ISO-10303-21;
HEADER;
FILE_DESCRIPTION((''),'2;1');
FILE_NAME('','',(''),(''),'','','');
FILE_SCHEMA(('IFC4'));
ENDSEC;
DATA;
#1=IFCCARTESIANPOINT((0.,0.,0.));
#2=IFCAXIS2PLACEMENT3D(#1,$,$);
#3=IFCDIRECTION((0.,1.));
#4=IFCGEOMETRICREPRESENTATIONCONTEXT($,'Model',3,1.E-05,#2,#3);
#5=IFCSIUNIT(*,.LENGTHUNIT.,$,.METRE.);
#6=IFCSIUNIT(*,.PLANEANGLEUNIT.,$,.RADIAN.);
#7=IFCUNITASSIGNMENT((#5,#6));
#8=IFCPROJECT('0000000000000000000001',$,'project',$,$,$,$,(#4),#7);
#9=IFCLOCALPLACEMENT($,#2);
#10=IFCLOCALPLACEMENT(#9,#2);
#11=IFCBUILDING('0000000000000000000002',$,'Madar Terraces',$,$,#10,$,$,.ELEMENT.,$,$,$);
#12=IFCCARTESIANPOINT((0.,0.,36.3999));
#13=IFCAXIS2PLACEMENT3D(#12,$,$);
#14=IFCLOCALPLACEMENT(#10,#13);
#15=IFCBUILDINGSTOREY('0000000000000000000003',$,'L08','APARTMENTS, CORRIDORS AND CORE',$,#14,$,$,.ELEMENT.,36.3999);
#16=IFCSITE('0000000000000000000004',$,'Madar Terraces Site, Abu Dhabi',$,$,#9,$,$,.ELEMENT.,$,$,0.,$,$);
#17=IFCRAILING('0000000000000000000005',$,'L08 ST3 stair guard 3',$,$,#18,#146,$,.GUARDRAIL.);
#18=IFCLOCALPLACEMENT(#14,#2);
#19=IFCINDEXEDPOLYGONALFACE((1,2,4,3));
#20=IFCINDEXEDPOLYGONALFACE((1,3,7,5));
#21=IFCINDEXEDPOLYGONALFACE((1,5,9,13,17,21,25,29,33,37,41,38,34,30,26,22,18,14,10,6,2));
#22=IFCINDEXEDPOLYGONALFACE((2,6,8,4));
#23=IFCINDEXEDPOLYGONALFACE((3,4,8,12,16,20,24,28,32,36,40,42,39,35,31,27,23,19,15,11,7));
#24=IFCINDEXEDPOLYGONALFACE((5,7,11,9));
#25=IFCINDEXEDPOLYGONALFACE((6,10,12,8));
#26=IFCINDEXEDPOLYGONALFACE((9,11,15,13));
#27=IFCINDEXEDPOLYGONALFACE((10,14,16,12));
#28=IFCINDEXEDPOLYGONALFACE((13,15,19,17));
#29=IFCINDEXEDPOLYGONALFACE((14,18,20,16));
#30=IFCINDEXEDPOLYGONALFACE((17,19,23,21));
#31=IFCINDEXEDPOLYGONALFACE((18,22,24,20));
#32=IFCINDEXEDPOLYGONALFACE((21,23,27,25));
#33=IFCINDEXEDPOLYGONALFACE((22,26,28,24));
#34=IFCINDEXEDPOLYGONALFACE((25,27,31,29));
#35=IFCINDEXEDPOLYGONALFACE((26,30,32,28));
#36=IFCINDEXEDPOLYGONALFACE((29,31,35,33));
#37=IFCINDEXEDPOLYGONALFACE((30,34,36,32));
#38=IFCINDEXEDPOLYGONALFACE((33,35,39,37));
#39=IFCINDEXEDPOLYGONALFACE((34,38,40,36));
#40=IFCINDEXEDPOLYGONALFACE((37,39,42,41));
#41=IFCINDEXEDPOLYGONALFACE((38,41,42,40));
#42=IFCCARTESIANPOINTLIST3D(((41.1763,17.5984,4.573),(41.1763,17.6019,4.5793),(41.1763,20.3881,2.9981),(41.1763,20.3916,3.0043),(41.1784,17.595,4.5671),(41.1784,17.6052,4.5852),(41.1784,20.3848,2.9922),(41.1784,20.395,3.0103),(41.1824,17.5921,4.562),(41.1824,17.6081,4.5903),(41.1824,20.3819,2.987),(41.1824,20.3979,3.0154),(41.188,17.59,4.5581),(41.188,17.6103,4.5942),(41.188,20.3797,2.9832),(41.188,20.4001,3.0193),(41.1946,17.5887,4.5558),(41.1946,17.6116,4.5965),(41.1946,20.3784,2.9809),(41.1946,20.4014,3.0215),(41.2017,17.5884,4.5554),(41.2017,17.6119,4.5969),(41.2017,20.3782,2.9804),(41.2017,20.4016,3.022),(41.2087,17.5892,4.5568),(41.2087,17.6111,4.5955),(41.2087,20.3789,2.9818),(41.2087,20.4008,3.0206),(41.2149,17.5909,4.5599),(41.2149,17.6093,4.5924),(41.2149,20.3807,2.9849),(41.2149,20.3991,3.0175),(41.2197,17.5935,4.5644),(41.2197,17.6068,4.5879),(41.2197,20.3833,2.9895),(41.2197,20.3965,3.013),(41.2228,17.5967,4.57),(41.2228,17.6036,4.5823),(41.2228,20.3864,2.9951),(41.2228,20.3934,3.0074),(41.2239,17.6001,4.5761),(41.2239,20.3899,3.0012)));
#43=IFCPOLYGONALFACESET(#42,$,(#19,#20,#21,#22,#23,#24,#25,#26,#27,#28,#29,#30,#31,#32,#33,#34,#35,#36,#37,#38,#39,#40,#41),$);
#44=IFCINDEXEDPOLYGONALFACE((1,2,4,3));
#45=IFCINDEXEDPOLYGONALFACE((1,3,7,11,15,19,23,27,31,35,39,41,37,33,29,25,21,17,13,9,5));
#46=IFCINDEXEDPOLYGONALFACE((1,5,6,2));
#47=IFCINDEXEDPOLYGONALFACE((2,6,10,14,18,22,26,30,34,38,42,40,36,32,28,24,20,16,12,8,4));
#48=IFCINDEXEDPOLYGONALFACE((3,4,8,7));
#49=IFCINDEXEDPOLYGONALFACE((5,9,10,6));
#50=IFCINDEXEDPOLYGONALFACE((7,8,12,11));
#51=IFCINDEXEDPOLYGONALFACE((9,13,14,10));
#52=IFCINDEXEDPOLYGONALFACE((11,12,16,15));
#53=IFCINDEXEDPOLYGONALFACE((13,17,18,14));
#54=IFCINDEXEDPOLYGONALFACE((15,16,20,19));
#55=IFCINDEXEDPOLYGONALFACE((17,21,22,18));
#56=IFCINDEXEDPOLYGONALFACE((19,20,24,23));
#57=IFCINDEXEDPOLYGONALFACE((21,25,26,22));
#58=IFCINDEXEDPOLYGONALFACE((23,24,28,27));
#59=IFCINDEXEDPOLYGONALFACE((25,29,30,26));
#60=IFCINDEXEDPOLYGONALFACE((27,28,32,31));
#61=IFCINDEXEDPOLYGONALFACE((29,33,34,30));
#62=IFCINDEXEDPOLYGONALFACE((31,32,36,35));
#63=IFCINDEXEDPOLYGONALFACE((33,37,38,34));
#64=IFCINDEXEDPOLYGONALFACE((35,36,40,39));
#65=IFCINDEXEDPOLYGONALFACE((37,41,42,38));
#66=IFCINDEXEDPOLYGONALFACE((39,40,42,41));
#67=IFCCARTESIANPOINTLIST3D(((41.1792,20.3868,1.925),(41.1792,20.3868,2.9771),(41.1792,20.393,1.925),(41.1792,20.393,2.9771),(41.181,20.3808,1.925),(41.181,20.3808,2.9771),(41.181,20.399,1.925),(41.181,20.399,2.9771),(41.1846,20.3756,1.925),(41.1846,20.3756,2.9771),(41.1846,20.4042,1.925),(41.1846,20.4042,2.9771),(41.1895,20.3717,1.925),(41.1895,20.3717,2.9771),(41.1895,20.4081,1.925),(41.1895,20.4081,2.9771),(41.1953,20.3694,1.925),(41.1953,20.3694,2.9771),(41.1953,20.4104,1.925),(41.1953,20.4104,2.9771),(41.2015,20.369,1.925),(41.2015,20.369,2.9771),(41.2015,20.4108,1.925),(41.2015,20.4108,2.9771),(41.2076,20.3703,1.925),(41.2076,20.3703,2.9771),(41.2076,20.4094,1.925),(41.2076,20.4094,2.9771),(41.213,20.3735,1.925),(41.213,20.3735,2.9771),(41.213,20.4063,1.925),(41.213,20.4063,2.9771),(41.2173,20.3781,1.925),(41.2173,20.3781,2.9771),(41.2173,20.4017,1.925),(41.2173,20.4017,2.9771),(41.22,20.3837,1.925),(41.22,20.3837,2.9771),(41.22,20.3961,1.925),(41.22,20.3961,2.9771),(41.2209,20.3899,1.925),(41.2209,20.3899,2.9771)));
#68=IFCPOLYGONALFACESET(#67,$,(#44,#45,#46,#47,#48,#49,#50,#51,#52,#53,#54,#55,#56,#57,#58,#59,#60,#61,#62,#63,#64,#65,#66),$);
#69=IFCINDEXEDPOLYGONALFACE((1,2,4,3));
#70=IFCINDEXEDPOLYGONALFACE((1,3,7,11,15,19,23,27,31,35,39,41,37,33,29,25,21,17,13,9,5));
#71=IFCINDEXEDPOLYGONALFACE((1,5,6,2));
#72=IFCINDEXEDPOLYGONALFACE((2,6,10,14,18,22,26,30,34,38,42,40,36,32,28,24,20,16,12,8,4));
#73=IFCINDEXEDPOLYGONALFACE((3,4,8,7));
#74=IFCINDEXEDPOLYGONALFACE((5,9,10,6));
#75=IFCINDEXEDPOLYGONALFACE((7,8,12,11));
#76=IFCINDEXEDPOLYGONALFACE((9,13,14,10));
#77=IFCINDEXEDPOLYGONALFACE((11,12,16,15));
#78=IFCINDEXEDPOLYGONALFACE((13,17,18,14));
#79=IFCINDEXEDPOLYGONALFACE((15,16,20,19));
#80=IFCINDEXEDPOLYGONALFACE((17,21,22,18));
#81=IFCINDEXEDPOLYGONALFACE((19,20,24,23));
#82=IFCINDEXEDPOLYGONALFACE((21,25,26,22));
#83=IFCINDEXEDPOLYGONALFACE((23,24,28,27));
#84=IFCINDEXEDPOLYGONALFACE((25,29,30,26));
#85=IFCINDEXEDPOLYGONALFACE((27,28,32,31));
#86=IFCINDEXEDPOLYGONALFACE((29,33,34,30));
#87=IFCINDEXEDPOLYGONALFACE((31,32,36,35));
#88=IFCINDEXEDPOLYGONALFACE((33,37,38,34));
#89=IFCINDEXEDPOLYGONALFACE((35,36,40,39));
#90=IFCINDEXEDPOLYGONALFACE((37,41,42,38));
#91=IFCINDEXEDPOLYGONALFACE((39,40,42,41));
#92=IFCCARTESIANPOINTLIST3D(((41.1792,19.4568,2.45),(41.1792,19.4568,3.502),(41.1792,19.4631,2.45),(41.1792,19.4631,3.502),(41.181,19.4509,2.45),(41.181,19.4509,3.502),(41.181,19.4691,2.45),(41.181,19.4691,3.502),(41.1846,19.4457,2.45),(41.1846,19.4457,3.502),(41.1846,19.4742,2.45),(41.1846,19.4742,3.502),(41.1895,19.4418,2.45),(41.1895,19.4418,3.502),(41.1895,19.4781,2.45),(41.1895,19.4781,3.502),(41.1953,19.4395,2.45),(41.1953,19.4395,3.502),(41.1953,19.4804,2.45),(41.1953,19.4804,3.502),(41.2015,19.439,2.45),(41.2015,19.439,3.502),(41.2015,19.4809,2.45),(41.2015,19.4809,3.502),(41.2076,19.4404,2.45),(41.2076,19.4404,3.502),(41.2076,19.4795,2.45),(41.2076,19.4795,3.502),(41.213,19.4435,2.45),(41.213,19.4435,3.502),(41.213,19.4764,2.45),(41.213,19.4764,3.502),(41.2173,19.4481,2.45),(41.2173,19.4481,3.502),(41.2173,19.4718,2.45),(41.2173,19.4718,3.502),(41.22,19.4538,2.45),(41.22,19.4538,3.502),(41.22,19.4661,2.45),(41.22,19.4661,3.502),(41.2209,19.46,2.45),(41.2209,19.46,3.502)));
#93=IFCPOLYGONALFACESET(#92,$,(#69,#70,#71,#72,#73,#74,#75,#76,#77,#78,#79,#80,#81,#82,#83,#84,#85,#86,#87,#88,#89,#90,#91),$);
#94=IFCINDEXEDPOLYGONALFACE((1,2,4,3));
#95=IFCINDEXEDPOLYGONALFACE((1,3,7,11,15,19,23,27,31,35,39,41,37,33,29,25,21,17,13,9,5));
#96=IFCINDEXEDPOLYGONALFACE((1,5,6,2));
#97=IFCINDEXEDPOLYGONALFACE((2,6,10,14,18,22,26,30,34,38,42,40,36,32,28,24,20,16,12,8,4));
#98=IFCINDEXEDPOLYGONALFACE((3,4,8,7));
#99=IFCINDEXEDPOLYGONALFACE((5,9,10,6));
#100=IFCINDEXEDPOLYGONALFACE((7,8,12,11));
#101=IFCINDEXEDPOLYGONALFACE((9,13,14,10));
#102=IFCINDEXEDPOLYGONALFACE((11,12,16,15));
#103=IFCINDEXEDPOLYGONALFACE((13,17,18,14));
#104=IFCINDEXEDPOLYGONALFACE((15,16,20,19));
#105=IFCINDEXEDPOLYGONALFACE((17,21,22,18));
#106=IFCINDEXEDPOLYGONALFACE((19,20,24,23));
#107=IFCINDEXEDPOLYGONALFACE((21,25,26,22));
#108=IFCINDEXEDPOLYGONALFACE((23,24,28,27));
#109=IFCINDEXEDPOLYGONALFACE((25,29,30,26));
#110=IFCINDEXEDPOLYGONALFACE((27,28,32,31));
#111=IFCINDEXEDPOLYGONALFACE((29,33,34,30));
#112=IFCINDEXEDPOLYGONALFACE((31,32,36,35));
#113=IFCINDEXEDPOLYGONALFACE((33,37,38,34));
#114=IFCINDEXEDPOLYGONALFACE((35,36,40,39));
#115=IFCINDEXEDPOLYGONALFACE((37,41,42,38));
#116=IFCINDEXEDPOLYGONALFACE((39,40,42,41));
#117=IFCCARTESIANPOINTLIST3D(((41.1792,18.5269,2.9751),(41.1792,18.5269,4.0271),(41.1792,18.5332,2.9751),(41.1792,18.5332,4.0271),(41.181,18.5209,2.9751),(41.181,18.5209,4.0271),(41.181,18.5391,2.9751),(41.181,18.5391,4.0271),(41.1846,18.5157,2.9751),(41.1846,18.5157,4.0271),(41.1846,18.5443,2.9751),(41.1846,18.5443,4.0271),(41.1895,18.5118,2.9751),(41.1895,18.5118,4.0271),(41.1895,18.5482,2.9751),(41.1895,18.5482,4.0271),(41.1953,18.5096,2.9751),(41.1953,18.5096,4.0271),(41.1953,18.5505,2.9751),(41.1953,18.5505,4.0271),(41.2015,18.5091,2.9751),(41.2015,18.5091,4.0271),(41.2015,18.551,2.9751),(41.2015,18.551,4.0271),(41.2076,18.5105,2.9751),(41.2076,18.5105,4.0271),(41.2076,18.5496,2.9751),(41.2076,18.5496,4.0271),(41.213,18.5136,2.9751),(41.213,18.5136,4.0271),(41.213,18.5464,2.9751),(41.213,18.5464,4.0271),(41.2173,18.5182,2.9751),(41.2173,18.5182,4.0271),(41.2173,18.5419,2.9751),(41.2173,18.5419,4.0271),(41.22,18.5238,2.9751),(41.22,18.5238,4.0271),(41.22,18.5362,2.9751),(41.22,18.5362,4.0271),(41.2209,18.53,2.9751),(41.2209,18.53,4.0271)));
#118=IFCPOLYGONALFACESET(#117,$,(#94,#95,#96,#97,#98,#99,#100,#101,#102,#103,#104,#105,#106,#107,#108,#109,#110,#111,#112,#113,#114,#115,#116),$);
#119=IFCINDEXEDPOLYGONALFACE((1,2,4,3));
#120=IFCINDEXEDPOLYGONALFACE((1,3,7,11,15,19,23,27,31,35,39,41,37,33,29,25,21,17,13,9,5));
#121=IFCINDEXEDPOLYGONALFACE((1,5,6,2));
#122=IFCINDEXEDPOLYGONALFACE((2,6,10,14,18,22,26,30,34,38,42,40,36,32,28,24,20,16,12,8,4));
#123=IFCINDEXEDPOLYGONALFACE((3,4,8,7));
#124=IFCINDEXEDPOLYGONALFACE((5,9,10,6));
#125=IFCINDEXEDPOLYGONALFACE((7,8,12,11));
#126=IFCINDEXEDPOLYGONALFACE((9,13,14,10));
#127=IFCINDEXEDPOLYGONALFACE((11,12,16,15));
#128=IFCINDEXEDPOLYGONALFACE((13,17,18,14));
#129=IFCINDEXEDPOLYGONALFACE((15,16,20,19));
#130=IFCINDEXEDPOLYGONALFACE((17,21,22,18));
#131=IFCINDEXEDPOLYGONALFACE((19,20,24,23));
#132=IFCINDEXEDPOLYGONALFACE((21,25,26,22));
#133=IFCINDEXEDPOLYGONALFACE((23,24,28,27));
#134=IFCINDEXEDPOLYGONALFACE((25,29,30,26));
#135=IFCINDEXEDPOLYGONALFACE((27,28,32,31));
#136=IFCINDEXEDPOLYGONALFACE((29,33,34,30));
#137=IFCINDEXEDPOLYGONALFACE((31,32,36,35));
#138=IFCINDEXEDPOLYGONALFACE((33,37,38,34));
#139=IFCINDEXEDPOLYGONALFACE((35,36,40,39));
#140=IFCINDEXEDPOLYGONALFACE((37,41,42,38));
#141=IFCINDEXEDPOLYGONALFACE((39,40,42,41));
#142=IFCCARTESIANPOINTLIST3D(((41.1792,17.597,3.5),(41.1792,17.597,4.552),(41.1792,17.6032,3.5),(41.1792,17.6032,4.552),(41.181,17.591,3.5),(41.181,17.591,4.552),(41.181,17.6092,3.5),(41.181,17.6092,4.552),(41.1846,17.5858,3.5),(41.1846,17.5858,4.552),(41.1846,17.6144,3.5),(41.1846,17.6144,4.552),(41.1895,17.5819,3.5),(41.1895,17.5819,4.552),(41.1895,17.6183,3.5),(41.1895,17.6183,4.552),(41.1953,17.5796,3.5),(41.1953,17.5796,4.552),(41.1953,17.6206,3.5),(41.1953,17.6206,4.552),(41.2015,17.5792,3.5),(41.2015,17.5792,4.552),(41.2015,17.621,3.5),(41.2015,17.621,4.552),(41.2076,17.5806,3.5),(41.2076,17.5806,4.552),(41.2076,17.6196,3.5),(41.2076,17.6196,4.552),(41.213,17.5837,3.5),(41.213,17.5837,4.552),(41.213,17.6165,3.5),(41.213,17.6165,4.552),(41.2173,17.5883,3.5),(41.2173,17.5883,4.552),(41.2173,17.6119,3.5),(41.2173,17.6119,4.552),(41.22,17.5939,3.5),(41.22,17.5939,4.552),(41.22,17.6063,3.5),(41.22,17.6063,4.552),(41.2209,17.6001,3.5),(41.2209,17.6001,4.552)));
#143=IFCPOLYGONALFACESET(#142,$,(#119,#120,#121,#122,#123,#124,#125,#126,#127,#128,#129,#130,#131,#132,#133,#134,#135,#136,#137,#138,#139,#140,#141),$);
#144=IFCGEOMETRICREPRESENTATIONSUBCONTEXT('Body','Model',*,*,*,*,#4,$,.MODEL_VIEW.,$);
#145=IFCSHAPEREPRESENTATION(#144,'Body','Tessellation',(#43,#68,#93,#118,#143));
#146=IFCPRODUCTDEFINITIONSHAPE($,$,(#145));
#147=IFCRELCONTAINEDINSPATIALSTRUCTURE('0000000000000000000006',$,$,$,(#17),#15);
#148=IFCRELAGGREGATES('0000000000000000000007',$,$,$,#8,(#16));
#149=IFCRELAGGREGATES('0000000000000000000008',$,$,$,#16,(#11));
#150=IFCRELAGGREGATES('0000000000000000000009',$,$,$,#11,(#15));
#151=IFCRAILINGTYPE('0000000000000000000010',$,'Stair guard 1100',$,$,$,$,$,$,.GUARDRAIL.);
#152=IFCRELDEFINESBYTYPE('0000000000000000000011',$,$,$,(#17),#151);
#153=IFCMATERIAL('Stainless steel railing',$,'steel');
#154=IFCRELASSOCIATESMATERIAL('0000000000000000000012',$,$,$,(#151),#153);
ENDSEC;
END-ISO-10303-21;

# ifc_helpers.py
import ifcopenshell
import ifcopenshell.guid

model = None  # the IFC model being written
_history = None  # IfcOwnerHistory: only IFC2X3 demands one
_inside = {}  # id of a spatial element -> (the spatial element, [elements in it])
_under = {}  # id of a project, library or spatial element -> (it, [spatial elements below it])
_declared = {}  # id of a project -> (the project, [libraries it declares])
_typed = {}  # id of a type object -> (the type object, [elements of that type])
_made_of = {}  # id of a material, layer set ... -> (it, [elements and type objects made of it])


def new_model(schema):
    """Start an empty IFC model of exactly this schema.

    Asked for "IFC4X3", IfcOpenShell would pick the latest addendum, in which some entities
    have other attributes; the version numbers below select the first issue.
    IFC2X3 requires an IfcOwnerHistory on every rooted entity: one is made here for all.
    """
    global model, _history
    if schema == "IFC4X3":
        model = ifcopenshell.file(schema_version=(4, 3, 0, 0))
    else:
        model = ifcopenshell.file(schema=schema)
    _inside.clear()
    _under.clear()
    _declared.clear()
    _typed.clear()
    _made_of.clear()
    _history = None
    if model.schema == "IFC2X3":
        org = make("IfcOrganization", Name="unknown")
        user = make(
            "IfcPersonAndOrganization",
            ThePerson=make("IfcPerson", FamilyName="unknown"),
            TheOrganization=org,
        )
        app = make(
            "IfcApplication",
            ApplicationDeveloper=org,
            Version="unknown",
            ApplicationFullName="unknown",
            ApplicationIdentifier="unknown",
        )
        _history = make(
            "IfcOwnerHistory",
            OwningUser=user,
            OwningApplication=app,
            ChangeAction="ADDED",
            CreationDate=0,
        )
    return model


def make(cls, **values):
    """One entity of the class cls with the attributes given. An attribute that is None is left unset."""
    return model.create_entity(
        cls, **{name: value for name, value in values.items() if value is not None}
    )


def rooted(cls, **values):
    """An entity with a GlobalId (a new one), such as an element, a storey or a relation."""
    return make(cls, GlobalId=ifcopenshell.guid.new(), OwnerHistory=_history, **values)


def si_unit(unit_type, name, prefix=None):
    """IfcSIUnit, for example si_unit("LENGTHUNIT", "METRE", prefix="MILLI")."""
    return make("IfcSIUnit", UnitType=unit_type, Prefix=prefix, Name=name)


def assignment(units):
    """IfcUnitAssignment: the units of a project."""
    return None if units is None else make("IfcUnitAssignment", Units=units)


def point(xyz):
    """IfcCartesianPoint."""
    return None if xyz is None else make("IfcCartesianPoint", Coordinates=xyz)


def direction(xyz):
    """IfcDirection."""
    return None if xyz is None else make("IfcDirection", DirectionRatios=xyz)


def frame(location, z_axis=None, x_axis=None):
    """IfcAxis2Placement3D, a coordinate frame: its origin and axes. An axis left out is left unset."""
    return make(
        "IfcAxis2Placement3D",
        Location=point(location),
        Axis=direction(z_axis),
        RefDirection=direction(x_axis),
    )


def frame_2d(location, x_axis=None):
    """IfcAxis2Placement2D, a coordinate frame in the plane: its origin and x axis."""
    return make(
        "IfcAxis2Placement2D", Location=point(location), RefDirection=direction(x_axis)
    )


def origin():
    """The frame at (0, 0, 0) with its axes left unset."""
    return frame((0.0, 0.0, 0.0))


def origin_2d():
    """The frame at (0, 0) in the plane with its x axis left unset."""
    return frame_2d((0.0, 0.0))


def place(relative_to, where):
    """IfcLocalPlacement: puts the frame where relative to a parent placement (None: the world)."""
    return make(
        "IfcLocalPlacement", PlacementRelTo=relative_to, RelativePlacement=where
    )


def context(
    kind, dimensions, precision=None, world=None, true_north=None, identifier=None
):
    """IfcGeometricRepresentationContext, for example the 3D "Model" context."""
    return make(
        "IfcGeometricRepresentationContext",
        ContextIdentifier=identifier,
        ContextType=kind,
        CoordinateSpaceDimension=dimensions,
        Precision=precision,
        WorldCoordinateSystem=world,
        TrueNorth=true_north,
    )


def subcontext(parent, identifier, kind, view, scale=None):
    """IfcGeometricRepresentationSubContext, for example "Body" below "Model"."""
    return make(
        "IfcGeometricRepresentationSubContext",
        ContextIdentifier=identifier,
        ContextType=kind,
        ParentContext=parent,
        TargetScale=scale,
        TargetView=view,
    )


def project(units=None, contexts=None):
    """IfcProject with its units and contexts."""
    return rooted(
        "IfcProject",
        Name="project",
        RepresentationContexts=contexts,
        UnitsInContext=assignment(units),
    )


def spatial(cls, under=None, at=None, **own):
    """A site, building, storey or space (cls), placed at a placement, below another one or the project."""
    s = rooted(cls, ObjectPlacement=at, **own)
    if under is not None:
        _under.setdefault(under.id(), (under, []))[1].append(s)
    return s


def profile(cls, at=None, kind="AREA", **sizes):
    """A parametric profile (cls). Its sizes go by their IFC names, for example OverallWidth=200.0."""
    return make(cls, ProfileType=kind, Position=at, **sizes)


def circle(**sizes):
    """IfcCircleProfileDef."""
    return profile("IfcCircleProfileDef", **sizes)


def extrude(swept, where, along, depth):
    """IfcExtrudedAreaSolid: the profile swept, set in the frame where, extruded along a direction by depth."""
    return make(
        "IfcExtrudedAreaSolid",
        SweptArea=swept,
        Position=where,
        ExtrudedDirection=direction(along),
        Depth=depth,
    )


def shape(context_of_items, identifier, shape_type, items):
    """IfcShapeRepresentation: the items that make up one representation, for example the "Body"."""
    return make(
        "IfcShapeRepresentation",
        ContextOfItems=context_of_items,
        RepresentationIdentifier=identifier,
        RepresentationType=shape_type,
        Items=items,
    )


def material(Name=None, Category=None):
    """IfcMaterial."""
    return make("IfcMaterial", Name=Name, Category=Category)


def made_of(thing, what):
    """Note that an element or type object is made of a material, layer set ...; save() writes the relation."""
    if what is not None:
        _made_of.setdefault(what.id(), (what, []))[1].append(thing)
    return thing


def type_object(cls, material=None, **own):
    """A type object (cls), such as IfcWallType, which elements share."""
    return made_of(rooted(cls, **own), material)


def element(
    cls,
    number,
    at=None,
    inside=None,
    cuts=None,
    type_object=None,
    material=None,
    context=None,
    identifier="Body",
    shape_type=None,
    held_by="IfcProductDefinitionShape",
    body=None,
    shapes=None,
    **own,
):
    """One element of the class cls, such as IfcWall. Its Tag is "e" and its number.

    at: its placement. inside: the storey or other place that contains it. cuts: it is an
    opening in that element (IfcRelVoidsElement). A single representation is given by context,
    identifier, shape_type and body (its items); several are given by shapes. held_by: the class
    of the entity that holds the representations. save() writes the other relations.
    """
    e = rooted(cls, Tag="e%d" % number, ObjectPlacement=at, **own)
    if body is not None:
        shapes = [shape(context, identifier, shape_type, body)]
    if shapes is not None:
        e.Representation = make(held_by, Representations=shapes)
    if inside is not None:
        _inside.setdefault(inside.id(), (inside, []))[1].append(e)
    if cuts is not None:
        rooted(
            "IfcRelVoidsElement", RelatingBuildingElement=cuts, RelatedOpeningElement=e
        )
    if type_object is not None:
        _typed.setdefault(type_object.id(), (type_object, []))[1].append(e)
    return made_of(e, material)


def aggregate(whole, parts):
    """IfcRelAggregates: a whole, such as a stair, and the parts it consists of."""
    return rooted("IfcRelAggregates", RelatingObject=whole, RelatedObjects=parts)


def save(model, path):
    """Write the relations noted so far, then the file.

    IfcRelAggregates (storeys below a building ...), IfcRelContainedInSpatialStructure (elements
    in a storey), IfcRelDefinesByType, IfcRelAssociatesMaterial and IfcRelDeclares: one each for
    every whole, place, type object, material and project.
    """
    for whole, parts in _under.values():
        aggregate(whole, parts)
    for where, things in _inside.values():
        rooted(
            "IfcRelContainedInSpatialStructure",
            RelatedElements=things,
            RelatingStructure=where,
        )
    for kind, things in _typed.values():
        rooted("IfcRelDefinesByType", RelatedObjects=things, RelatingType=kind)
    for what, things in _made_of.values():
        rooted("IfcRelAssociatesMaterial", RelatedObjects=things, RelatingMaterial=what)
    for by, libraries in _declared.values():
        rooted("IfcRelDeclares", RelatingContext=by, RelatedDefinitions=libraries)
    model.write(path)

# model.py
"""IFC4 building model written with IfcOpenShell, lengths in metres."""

from ifc_helpers import new_model, si_unit, direction, frame, origin, origin_2d, place, context, subcontext, project, spatial, circle, extrude, material, type_object, element, save


model = new_model("IFC4")

# Units and contexts
model_context = context("Model", 3, precision=1e-05, world=origin(), true_north=direction((0.0, 1.0)))
body_context = subcontext(model_context, "Body", "Model", "MODEL_VIEW")
ifc_project = project(units=[si_unit("LENGTHUNIT", "METRE"), si_unit("PLANEANGLEUNIT", "RADIAN")], contexts=[model_context])

# Site, building, storey
site_placement = place(None, origin())
site = spatial("IfcSite", under=ifc_project, at=site_placement, Name="Madar Terraces Site, Abu Dhabi", CompositionType="ELEMENT", RefElevation=0.0)
building_placement = place(site_placement, origin())
building = spatial("IfcBuilding", under=site, at=building_placement, Name="Madar Terraces", CompositionType="ELEMENT")
storey_placement = place(building_placement, frame((0.0, 0.0, 36.3999)))
storey = spatial("IfcBuildingStorey", under=building, at=storey_placement, Name="L08", Description="APARTMENTS, CORRIDORS AND CORE", CompositionType="ELEMENT", Elevation=36.3999)

# Railing
ifc_material_1 = material(Name="Stainless steel railing", Category="steel")
railing_type_1 = type_object("IfcRailingType", Name="Stair guard 1100", PredefinedType="GUARDRAIL", material=ifc_material_1)
railing_1_placement = place(storey_placement, frame((41.2, 20.3899, 1.925)))
element("IfcRailing", 1, at=railing_1_placement, inside=storey, type_object=railing_type_1, Name="L08 ST3 stair guard 3", PredefinedType="GUARDRAIL", context=body_context, shape_type="SweptSolid", body=[
    extrude(circle(Radius=0.0239, at=origin_2d()), frame((0.0, 0.0, 1.0762), z_axis=(0.0, -0.870815, 0.49161), x_axis=(1.0, 0.0, 0.0)), (0.0, 0.0, 1.0), 3.2036),
    extrude(circle(Radius=0.021, at=origin_2d()), origin(), (0.0, 0.0, 1.0), 1.052),
    extrude(circle(Radius=0.021, at=origin_2d()), frame((0.0, -0.9299, 0.5249)), (0.0, 0.0, 1.0), 1.052),
    extrude(circle(Radius=0.021, at=origin_2d()), frame((0.0, -1.8599, 1.05)), (0.0, 0.0, 1.0), 1.052),
    extrude(circle(Radius=0.021, at=origin_2d()), frame((0.0, -2.7898, 1.575)), (0.0, 0.0, 1.0), 1.052),
])

save(model, "model.ifc")
